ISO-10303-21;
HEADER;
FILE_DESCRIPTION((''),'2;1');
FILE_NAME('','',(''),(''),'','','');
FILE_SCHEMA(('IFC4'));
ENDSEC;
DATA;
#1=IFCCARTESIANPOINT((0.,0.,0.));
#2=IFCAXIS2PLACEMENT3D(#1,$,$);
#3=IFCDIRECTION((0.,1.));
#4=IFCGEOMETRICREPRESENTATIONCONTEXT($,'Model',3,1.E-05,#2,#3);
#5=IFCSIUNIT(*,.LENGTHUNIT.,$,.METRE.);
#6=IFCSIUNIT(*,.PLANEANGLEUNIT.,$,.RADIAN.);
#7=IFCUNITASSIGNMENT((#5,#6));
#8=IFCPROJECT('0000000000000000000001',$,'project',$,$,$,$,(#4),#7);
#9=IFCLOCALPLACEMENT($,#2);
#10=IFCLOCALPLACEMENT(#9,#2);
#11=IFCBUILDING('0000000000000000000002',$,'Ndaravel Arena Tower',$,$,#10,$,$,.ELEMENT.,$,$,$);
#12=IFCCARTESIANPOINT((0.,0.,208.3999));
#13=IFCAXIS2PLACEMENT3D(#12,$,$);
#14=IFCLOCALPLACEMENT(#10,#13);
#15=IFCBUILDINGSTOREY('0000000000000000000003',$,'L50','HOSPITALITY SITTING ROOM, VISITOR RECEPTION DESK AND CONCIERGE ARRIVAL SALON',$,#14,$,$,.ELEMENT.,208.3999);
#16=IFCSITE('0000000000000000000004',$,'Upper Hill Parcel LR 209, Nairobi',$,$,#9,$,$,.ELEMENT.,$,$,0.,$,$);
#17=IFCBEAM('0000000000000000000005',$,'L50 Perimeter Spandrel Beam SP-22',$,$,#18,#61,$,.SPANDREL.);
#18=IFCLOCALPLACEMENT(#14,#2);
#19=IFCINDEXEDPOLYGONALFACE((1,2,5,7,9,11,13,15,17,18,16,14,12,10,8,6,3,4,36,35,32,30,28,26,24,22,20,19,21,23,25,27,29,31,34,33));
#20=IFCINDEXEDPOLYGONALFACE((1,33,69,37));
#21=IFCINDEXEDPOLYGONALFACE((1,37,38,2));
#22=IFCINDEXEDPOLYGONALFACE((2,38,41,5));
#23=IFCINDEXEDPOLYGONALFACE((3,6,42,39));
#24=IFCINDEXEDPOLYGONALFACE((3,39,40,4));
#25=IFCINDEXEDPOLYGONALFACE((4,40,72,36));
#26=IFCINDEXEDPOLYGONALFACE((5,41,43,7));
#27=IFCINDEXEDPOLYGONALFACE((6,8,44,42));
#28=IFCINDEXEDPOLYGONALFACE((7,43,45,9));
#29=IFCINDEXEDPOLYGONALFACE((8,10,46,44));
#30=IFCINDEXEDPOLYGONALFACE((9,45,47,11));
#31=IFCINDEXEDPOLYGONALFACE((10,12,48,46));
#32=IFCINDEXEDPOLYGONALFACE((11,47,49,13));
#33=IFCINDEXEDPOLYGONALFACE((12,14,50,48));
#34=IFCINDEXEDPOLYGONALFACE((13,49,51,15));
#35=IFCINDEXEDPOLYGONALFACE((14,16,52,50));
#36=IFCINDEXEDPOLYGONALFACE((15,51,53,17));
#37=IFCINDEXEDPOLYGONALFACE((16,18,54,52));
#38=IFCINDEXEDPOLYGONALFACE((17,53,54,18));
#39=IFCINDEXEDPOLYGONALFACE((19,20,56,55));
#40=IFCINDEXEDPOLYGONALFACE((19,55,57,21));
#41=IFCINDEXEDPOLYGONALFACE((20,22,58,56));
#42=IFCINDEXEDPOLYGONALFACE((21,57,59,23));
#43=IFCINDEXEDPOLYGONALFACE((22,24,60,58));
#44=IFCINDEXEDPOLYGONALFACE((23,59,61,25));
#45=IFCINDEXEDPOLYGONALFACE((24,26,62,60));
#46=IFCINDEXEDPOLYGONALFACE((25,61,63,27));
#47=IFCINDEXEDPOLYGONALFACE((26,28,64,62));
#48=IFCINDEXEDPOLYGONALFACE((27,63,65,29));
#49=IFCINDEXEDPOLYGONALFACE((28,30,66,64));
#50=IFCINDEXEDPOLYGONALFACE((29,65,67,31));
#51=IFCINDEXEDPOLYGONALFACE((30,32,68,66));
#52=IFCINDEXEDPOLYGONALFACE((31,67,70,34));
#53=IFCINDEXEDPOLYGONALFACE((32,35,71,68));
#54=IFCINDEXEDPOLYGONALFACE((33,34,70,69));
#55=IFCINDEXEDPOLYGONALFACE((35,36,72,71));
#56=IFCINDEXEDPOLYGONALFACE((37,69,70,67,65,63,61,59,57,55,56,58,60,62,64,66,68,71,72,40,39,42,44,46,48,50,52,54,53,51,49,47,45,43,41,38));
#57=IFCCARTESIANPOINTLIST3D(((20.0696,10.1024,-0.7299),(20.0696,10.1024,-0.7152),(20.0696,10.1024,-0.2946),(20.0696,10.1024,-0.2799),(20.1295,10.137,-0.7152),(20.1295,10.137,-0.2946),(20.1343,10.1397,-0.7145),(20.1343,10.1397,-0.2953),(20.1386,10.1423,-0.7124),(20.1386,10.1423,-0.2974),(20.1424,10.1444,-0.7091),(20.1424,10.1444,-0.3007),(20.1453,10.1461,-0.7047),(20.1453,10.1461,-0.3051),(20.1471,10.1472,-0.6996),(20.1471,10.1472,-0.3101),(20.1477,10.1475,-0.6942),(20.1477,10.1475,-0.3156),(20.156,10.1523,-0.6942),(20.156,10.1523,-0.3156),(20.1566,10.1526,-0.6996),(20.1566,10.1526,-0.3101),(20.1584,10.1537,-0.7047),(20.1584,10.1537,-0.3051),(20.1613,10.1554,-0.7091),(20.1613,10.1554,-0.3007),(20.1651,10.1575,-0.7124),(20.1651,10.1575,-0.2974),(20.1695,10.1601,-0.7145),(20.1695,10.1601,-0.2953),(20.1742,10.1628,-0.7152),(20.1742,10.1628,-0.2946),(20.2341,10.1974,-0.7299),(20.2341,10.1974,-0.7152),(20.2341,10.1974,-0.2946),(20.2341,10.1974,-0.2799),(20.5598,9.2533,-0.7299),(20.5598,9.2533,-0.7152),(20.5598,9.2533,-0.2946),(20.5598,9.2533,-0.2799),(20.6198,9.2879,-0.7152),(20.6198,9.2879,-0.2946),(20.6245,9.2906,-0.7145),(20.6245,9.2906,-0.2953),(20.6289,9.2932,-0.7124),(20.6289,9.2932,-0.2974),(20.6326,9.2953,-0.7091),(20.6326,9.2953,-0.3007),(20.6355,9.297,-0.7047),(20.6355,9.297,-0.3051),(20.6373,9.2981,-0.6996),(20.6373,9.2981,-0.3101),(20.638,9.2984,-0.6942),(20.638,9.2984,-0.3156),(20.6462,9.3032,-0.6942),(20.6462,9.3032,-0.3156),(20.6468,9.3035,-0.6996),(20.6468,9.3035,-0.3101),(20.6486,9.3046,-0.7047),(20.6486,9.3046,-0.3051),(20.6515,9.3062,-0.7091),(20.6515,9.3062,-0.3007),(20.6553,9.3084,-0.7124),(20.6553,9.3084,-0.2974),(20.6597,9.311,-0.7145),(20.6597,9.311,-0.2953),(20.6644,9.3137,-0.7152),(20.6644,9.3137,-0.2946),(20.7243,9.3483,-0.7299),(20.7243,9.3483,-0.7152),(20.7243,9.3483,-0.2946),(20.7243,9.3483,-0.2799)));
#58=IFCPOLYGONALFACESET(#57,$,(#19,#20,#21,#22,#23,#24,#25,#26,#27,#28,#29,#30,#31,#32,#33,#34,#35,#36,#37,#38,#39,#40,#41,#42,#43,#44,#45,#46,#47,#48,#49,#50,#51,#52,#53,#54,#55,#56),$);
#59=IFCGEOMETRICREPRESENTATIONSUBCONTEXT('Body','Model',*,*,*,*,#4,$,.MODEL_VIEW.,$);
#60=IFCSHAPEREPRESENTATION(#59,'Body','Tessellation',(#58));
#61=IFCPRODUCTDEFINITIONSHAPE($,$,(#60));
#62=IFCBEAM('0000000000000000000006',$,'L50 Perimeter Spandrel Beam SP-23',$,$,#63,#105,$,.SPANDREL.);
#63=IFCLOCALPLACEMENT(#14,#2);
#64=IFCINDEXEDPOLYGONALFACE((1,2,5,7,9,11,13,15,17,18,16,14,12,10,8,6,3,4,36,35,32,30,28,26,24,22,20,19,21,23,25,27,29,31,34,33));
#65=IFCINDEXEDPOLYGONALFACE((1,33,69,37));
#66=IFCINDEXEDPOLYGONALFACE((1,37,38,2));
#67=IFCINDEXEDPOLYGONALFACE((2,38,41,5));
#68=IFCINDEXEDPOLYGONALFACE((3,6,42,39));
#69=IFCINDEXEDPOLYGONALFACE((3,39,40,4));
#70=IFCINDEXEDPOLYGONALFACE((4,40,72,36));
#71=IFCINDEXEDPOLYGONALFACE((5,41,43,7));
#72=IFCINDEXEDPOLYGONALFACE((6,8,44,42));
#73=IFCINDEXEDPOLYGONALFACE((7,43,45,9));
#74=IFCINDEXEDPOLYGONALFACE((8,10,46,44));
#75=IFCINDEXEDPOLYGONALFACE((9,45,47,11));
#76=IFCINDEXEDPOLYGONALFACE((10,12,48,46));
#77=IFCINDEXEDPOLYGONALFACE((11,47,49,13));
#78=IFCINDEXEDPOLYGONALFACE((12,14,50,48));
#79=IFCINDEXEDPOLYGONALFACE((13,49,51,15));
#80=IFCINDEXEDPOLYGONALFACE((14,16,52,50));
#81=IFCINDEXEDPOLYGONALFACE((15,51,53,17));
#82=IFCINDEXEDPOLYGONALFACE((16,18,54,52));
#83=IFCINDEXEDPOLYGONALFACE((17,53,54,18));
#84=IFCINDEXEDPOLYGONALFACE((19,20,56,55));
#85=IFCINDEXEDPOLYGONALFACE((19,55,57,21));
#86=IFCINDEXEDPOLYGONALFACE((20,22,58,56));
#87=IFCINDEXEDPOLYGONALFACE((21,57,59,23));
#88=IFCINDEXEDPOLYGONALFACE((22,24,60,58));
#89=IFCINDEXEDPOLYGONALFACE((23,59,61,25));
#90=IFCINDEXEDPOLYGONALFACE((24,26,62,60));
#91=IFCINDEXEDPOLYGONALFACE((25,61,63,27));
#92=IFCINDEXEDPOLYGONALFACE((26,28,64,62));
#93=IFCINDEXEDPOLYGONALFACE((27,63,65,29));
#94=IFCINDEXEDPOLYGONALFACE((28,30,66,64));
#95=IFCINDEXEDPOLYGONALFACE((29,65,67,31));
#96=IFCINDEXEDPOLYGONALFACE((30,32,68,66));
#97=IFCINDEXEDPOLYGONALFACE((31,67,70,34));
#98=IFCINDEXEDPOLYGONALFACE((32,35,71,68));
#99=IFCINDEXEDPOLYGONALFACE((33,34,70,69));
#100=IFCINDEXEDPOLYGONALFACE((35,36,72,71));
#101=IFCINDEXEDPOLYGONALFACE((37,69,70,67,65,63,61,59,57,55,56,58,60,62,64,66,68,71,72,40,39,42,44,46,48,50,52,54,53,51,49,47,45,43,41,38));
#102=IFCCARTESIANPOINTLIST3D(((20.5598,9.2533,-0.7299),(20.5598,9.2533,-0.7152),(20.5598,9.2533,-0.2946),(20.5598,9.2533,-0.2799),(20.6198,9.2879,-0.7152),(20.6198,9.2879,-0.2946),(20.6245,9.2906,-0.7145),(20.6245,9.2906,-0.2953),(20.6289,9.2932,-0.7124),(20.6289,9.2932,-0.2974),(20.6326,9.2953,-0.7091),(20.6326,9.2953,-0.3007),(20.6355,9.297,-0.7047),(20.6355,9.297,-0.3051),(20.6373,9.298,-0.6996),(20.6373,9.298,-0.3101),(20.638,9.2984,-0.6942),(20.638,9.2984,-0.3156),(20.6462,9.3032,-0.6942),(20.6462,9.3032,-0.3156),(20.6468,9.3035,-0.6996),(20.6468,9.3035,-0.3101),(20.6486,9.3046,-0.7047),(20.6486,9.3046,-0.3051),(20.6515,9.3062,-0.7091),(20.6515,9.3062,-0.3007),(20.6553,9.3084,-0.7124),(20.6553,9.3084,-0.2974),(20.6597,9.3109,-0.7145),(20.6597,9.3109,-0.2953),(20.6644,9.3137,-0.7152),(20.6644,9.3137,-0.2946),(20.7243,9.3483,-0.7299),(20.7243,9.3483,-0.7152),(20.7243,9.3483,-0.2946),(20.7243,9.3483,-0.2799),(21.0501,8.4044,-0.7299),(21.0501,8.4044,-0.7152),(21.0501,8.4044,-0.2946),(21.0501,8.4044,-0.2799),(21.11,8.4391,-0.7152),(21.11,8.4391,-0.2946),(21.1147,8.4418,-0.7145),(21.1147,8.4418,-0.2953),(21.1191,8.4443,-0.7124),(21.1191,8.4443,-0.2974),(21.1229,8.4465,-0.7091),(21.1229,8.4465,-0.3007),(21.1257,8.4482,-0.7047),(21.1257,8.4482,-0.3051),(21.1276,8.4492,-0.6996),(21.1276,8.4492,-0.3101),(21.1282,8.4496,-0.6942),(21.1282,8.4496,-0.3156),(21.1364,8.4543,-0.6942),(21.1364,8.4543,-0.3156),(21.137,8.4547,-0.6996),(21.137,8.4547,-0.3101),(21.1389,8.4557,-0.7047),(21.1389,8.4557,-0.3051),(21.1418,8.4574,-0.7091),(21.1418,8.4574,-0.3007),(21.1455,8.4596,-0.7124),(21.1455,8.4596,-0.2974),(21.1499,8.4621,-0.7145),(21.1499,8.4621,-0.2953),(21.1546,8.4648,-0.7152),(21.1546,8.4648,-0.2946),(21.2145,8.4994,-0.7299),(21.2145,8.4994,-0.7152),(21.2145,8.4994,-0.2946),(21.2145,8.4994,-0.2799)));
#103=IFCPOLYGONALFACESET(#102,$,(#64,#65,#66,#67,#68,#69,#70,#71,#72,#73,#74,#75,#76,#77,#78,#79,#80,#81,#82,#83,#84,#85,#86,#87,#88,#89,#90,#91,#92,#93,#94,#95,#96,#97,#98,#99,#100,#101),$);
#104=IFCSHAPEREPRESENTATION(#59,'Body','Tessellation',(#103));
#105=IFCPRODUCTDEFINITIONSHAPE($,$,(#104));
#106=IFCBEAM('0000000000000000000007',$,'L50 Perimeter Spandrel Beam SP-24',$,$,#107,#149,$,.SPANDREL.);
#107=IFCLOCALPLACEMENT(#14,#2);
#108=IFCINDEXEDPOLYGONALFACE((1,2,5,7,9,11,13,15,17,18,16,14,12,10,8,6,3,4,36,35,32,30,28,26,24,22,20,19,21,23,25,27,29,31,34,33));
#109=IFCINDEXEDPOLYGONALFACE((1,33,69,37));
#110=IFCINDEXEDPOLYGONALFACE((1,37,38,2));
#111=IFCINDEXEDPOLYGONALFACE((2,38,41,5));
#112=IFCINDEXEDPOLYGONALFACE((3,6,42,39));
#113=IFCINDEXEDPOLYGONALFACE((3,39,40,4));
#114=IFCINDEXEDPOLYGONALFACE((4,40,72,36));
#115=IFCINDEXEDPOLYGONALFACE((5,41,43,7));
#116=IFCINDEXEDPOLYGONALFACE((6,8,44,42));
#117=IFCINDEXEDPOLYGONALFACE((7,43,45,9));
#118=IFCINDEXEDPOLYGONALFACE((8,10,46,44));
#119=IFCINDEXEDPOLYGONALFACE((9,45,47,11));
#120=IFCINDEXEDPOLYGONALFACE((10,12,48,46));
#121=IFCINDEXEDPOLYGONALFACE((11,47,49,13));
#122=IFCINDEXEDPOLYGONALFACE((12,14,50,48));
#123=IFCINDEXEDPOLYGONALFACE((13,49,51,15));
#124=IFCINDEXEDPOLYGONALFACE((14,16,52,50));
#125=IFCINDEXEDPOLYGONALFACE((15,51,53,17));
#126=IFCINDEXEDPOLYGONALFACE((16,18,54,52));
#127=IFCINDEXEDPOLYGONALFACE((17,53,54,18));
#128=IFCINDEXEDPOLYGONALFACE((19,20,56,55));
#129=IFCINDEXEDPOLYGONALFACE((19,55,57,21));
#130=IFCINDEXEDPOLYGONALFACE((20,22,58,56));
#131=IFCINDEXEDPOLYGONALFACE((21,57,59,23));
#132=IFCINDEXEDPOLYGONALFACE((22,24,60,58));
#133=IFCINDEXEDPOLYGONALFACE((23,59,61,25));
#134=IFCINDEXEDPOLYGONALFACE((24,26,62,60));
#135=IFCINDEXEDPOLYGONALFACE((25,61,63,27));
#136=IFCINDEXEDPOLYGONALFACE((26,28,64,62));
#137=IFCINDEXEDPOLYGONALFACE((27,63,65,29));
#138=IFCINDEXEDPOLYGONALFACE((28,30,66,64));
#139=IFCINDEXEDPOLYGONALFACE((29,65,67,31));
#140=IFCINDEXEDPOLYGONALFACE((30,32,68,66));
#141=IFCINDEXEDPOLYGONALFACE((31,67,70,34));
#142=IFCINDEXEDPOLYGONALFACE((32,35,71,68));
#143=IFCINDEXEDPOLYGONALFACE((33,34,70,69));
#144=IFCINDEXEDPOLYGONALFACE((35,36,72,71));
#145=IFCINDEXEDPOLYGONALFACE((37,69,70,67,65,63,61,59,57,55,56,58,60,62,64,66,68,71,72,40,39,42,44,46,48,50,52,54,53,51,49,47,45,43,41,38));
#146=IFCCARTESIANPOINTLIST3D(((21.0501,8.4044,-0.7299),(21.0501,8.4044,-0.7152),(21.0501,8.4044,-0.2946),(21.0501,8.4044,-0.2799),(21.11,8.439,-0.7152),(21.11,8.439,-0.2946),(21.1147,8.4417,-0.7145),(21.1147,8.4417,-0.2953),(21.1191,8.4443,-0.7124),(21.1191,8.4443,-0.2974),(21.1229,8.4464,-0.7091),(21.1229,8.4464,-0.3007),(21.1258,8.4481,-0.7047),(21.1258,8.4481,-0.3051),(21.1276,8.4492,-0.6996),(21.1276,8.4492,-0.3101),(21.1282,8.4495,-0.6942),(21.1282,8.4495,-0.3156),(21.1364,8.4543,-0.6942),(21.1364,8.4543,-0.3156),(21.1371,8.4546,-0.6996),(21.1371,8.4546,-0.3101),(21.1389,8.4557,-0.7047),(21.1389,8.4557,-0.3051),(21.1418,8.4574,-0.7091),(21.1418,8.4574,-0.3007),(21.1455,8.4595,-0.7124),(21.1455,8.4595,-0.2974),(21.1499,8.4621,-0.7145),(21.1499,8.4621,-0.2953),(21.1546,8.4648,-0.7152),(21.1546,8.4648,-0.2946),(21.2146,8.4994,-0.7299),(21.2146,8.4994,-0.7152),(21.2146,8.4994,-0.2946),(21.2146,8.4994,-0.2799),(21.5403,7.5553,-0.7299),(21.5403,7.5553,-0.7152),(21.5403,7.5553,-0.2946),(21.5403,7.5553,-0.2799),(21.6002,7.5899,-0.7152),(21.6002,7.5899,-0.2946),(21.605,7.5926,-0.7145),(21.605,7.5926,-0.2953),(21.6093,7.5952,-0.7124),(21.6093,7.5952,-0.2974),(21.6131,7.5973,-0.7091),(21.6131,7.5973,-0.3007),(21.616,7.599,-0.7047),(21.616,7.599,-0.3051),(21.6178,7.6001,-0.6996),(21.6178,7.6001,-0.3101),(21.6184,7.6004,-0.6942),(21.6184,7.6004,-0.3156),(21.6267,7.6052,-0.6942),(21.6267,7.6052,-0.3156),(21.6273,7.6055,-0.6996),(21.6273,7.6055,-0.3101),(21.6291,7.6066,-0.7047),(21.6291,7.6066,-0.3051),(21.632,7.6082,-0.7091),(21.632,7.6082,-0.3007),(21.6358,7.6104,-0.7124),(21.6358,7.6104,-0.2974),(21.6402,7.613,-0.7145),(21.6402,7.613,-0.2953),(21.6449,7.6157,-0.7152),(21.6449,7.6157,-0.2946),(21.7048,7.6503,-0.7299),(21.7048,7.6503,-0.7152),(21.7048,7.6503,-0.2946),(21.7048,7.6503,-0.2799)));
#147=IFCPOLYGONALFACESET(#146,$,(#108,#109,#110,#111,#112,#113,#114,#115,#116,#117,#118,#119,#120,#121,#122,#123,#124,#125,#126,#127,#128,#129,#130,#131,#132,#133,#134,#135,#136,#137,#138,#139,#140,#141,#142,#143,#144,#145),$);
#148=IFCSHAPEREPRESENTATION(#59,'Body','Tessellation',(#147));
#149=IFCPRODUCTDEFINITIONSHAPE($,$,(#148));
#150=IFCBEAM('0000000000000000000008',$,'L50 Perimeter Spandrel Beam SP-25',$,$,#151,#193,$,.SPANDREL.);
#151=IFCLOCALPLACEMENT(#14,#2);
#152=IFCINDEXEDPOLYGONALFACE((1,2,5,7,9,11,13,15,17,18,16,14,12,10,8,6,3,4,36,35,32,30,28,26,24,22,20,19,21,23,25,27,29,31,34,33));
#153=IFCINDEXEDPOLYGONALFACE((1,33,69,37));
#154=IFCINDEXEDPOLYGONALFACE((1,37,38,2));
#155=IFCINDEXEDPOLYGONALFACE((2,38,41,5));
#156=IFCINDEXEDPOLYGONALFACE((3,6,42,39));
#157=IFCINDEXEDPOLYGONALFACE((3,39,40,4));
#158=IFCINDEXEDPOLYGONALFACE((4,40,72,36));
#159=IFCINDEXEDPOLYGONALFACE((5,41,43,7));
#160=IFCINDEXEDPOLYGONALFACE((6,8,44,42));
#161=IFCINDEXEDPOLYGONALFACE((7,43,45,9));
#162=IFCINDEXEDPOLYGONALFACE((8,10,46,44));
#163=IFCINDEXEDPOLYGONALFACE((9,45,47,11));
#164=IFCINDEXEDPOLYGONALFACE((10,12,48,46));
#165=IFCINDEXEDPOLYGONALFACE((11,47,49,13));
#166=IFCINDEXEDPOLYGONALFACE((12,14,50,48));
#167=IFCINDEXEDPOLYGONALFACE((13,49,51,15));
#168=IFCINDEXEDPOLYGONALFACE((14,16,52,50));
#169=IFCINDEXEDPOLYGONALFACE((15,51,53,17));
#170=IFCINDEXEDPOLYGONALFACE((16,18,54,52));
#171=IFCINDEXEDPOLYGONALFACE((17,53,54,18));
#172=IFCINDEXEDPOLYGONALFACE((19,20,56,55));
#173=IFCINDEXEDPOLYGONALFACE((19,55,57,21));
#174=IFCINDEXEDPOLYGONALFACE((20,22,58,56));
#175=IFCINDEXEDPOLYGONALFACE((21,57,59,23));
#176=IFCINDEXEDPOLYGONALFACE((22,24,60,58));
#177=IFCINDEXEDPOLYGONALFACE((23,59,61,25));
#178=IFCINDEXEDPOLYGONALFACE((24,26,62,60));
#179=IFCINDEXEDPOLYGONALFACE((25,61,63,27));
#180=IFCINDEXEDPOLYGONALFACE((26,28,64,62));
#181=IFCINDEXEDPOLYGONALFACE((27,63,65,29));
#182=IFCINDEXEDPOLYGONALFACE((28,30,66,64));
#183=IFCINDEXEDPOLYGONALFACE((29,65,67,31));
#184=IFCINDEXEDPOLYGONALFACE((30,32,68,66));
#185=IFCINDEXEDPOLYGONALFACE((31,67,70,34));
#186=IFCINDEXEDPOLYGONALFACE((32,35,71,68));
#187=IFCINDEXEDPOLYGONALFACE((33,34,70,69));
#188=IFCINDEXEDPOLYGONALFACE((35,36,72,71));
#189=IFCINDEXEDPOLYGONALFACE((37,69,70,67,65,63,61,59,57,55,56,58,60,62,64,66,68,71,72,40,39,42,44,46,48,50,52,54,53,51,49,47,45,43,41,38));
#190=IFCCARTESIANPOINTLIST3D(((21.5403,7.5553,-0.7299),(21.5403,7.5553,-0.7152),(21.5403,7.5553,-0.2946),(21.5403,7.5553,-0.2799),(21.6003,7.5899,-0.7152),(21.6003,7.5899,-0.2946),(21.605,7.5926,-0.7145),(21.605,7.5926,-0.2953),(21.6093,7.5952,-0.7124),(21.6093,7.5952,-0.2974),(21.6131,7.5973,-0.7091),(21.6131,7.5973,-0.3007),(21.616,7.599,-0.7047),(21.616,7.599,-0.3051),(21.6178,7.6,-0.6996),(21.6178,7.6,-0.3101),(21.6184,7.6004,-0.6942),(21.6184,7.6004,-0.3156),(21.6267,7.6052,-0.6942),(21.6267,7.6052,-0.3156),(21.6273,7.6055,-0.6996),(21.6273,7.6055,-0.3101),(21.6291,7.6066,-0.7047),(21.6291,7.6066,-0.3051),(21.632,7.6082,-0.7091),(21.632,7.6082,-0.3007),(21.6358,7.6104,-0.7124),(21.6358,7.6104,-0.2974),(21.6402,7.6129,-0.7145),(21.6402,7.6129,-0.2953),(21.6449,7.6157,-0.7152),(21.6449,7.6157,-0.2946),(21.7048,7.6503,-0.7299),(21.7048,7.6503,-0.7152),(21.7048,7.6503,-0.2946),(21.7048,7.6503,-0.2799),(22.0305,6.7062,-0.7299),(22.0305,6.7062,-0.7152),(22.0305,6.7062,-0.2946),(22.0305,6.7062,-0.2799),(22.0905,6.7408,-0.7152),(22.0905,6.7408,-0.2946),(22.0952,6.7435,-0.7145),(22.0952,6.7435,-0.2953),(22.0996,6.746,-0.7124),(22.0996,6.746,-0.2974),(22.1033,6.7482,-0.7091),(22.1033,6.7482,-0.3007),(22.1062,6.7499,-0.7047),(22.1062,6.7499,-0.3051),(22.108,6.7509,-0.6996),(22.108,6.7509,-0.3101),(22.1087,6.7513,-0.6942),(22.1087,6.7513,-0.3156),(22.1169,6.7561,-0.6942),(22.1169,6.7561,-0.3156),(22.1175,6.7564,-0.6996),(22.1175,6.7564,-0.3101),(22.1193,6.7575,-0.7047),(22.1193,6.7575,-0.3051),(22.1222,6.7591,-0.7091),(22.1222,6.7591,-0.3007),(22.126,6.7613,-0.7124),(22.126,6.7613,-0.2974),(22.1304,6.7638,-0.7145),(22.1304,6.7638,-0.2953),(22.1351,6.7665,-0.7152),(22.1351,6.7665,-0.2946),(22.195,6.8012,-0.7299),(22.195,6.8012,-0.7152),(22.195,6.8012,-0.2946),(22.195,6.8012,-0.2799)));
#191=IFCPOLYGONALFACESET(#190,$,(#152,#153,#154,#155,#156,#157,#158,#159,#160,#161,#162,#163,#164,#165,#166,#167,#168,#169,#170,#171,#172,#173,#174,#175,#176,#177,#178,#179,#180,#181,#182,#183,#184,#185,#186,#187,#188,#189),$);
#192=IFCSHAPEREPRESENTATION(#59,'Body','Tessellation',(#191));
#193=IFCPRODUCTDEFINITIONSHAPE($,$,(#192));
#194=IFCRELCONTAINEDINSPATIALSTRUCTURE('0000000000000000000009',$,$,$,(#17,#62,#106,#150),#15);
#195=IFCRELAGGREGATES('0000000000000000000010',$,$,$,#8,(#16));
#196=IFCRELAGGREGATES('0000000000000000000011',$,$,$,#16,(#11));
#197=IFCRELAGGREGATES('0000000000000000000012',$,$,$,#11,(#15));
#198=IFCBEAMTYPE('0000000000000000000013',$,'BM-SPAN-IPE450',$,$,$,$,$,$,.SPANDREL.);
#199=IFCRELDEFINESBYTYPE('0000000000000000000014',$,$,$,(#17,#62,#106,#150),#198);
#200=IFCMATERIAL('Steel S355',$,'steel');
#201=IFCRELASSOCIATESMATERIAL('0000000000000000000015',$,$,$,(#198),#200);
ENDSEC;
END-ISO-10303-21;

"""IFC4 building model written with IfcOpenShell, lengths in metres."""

from ifc_helpers import new_model, si_unit, direction, frame, origin, origin_2d, place, context, subcontext, project, spatial, i_section, extrude, material, material_profile, profile_set, type_object, element, save


model = new_model("IFC4")

# Units and contexts
model_context = context("Model", 3, precision=1e-05, world=origin(), true_north=direction((0.0, 1.0)))
body_context = subcontext(model_context, "Body", "Model", "MODEL_VIEW")
ifc_project = project(units=[si_unit("LENGTHUNIT", "METRE"), si_unit("PLANEANGLEUNIT", "RADIAN")], contexts=[model_context])

# Site, building, storey
site_placement = place(None, origin())
site = spatial("IfcSite", under=ifc_project, at=site_placement, Name="Upper Hill Parcel LR 209, Nairobi", CompositionType="ELEMENT", RefElevation=0.0)
building_placement = place(site_placement, origin())
building = spatial("IfcBuilding", under=site, at=building_placement, Name="Ndaravel Arena Tower", CompositionType="ELEMENT")
storey_placement = place(building_placement, frame((0.0, 0.0, 208.3999)))
storey = spatial("IfcBuildingStorey", under=building, at=storey_placement, Name="L50", Description="HOSPITALITY SITTING ROOM, VISITOR RECEPTION DESK AND CONCIERGE ARRIVAL SALON", CompositionType="ELEMENT", Elevation=208.3999)

# Beams
ifc_material_1 = material(Name="Steel S355", Category="steel")
ifc_material_profile_1 = material_profile(ifc_material_1, i_section(OverallWidth=0.1899, OverallDepth=0.45, WebThickness=0.0095, FlangeThickness=0.0146, FilletRadius=0.021, at=origin_2d()), Name="IPE 450")
ifc_profile_set_1 = profile_set([ifc_material_profile_1], Name="Steel S355")
beam_type_1 = type_object("IfcBeamType", Name="BM-SPAN-IPE450", PredefinedType="SPANDREL", material=ifc_profile_set_1)
for number, where, z_axis, x_axis, name in (
    (1, (20.1519, 10.1499, -0.5049), (0.499995, -0.866028, 0.0), (0.866028, 0.499995, 0.0), "L50 Perimeter Spandrel Beam SP-22"),
):
    element("IfcBeam", number, at=place(storey_placement, frame(where, z_axis=z_axis, x_axis=x_axis)), inside=storey, type_object=beam_type_1, Name=name, PredefinedType="SPANDREL", context=body_context, shape_type="SweptSolid", body=[
        extrude(i_section(OverallWidth=0.1899, OverallDepth=0.45, WebThickness=0.0095, FlangeThickness=0.0146, FilletRadius=0.021, at=origin_2d()), origin(), (0.0, 0.0, 1.0), 0.9805),
    ])
beam_1_placement = place(storey_placement, frame((20.6421, 9.3008, -0.5049), z_axis=(0.500103, -0.865966, 0.0), x_axis=(0.865966, 0.500103, 0.0)))
element("IfcBeam", 2, at=beam_1_placement, inside=storey, type_object=beam_type_1, Name="L50 Perimeter Spandrel Beam SP-23", PredefinedType="SPANDREL", context=body_context, shape_type="SweptSolid", body=[
    extrude(i_section(OverallWidth=0.1899, OverallDepth=0.45, WebThickness=0.0095, FlangeThickness=0.0146, FilletRadius=0.021, at=origin_2d()), origin(), (0.0, 0.0, 1.0), 0.9802),
])
for number, where, z_axis, x_axis, name in (
    (3, (21.1323, 8.4519, -0.5049), (0.499995, -0.866028, 0.0), (0.866028, 0.499995, 0.0), "L50 Perimeter Spandrel Beam SP-24"),
    (4, (21.6226, 7.6028, -0.5049), (0.499995, -0.866028, 0.0), (0.866028, 0.499995, 0.0), "L50 Perimeter Spandrel Beam SP-25"),
):
    element("IfcBeam", number, at=place(storey_placement, frame(where, z_axis=z_axis, x_axis=x_axis)), inside=storey, type_object=beam_type_1, Name=name, PredefinedType="SPANDREL", context=body_context, shape_type="SweptSolid", body=[
        extrude(i_section(OverallWidth=0.1899, OverallDepth=0.45, WebThickness=0.0095, FlangeThickness=0.0146, FilletRadius=0.021, at=origin_2d()), origin(), (0.0, 0.0, 1.0), 0.9805),
    ])

save(model, "model.ifc")
